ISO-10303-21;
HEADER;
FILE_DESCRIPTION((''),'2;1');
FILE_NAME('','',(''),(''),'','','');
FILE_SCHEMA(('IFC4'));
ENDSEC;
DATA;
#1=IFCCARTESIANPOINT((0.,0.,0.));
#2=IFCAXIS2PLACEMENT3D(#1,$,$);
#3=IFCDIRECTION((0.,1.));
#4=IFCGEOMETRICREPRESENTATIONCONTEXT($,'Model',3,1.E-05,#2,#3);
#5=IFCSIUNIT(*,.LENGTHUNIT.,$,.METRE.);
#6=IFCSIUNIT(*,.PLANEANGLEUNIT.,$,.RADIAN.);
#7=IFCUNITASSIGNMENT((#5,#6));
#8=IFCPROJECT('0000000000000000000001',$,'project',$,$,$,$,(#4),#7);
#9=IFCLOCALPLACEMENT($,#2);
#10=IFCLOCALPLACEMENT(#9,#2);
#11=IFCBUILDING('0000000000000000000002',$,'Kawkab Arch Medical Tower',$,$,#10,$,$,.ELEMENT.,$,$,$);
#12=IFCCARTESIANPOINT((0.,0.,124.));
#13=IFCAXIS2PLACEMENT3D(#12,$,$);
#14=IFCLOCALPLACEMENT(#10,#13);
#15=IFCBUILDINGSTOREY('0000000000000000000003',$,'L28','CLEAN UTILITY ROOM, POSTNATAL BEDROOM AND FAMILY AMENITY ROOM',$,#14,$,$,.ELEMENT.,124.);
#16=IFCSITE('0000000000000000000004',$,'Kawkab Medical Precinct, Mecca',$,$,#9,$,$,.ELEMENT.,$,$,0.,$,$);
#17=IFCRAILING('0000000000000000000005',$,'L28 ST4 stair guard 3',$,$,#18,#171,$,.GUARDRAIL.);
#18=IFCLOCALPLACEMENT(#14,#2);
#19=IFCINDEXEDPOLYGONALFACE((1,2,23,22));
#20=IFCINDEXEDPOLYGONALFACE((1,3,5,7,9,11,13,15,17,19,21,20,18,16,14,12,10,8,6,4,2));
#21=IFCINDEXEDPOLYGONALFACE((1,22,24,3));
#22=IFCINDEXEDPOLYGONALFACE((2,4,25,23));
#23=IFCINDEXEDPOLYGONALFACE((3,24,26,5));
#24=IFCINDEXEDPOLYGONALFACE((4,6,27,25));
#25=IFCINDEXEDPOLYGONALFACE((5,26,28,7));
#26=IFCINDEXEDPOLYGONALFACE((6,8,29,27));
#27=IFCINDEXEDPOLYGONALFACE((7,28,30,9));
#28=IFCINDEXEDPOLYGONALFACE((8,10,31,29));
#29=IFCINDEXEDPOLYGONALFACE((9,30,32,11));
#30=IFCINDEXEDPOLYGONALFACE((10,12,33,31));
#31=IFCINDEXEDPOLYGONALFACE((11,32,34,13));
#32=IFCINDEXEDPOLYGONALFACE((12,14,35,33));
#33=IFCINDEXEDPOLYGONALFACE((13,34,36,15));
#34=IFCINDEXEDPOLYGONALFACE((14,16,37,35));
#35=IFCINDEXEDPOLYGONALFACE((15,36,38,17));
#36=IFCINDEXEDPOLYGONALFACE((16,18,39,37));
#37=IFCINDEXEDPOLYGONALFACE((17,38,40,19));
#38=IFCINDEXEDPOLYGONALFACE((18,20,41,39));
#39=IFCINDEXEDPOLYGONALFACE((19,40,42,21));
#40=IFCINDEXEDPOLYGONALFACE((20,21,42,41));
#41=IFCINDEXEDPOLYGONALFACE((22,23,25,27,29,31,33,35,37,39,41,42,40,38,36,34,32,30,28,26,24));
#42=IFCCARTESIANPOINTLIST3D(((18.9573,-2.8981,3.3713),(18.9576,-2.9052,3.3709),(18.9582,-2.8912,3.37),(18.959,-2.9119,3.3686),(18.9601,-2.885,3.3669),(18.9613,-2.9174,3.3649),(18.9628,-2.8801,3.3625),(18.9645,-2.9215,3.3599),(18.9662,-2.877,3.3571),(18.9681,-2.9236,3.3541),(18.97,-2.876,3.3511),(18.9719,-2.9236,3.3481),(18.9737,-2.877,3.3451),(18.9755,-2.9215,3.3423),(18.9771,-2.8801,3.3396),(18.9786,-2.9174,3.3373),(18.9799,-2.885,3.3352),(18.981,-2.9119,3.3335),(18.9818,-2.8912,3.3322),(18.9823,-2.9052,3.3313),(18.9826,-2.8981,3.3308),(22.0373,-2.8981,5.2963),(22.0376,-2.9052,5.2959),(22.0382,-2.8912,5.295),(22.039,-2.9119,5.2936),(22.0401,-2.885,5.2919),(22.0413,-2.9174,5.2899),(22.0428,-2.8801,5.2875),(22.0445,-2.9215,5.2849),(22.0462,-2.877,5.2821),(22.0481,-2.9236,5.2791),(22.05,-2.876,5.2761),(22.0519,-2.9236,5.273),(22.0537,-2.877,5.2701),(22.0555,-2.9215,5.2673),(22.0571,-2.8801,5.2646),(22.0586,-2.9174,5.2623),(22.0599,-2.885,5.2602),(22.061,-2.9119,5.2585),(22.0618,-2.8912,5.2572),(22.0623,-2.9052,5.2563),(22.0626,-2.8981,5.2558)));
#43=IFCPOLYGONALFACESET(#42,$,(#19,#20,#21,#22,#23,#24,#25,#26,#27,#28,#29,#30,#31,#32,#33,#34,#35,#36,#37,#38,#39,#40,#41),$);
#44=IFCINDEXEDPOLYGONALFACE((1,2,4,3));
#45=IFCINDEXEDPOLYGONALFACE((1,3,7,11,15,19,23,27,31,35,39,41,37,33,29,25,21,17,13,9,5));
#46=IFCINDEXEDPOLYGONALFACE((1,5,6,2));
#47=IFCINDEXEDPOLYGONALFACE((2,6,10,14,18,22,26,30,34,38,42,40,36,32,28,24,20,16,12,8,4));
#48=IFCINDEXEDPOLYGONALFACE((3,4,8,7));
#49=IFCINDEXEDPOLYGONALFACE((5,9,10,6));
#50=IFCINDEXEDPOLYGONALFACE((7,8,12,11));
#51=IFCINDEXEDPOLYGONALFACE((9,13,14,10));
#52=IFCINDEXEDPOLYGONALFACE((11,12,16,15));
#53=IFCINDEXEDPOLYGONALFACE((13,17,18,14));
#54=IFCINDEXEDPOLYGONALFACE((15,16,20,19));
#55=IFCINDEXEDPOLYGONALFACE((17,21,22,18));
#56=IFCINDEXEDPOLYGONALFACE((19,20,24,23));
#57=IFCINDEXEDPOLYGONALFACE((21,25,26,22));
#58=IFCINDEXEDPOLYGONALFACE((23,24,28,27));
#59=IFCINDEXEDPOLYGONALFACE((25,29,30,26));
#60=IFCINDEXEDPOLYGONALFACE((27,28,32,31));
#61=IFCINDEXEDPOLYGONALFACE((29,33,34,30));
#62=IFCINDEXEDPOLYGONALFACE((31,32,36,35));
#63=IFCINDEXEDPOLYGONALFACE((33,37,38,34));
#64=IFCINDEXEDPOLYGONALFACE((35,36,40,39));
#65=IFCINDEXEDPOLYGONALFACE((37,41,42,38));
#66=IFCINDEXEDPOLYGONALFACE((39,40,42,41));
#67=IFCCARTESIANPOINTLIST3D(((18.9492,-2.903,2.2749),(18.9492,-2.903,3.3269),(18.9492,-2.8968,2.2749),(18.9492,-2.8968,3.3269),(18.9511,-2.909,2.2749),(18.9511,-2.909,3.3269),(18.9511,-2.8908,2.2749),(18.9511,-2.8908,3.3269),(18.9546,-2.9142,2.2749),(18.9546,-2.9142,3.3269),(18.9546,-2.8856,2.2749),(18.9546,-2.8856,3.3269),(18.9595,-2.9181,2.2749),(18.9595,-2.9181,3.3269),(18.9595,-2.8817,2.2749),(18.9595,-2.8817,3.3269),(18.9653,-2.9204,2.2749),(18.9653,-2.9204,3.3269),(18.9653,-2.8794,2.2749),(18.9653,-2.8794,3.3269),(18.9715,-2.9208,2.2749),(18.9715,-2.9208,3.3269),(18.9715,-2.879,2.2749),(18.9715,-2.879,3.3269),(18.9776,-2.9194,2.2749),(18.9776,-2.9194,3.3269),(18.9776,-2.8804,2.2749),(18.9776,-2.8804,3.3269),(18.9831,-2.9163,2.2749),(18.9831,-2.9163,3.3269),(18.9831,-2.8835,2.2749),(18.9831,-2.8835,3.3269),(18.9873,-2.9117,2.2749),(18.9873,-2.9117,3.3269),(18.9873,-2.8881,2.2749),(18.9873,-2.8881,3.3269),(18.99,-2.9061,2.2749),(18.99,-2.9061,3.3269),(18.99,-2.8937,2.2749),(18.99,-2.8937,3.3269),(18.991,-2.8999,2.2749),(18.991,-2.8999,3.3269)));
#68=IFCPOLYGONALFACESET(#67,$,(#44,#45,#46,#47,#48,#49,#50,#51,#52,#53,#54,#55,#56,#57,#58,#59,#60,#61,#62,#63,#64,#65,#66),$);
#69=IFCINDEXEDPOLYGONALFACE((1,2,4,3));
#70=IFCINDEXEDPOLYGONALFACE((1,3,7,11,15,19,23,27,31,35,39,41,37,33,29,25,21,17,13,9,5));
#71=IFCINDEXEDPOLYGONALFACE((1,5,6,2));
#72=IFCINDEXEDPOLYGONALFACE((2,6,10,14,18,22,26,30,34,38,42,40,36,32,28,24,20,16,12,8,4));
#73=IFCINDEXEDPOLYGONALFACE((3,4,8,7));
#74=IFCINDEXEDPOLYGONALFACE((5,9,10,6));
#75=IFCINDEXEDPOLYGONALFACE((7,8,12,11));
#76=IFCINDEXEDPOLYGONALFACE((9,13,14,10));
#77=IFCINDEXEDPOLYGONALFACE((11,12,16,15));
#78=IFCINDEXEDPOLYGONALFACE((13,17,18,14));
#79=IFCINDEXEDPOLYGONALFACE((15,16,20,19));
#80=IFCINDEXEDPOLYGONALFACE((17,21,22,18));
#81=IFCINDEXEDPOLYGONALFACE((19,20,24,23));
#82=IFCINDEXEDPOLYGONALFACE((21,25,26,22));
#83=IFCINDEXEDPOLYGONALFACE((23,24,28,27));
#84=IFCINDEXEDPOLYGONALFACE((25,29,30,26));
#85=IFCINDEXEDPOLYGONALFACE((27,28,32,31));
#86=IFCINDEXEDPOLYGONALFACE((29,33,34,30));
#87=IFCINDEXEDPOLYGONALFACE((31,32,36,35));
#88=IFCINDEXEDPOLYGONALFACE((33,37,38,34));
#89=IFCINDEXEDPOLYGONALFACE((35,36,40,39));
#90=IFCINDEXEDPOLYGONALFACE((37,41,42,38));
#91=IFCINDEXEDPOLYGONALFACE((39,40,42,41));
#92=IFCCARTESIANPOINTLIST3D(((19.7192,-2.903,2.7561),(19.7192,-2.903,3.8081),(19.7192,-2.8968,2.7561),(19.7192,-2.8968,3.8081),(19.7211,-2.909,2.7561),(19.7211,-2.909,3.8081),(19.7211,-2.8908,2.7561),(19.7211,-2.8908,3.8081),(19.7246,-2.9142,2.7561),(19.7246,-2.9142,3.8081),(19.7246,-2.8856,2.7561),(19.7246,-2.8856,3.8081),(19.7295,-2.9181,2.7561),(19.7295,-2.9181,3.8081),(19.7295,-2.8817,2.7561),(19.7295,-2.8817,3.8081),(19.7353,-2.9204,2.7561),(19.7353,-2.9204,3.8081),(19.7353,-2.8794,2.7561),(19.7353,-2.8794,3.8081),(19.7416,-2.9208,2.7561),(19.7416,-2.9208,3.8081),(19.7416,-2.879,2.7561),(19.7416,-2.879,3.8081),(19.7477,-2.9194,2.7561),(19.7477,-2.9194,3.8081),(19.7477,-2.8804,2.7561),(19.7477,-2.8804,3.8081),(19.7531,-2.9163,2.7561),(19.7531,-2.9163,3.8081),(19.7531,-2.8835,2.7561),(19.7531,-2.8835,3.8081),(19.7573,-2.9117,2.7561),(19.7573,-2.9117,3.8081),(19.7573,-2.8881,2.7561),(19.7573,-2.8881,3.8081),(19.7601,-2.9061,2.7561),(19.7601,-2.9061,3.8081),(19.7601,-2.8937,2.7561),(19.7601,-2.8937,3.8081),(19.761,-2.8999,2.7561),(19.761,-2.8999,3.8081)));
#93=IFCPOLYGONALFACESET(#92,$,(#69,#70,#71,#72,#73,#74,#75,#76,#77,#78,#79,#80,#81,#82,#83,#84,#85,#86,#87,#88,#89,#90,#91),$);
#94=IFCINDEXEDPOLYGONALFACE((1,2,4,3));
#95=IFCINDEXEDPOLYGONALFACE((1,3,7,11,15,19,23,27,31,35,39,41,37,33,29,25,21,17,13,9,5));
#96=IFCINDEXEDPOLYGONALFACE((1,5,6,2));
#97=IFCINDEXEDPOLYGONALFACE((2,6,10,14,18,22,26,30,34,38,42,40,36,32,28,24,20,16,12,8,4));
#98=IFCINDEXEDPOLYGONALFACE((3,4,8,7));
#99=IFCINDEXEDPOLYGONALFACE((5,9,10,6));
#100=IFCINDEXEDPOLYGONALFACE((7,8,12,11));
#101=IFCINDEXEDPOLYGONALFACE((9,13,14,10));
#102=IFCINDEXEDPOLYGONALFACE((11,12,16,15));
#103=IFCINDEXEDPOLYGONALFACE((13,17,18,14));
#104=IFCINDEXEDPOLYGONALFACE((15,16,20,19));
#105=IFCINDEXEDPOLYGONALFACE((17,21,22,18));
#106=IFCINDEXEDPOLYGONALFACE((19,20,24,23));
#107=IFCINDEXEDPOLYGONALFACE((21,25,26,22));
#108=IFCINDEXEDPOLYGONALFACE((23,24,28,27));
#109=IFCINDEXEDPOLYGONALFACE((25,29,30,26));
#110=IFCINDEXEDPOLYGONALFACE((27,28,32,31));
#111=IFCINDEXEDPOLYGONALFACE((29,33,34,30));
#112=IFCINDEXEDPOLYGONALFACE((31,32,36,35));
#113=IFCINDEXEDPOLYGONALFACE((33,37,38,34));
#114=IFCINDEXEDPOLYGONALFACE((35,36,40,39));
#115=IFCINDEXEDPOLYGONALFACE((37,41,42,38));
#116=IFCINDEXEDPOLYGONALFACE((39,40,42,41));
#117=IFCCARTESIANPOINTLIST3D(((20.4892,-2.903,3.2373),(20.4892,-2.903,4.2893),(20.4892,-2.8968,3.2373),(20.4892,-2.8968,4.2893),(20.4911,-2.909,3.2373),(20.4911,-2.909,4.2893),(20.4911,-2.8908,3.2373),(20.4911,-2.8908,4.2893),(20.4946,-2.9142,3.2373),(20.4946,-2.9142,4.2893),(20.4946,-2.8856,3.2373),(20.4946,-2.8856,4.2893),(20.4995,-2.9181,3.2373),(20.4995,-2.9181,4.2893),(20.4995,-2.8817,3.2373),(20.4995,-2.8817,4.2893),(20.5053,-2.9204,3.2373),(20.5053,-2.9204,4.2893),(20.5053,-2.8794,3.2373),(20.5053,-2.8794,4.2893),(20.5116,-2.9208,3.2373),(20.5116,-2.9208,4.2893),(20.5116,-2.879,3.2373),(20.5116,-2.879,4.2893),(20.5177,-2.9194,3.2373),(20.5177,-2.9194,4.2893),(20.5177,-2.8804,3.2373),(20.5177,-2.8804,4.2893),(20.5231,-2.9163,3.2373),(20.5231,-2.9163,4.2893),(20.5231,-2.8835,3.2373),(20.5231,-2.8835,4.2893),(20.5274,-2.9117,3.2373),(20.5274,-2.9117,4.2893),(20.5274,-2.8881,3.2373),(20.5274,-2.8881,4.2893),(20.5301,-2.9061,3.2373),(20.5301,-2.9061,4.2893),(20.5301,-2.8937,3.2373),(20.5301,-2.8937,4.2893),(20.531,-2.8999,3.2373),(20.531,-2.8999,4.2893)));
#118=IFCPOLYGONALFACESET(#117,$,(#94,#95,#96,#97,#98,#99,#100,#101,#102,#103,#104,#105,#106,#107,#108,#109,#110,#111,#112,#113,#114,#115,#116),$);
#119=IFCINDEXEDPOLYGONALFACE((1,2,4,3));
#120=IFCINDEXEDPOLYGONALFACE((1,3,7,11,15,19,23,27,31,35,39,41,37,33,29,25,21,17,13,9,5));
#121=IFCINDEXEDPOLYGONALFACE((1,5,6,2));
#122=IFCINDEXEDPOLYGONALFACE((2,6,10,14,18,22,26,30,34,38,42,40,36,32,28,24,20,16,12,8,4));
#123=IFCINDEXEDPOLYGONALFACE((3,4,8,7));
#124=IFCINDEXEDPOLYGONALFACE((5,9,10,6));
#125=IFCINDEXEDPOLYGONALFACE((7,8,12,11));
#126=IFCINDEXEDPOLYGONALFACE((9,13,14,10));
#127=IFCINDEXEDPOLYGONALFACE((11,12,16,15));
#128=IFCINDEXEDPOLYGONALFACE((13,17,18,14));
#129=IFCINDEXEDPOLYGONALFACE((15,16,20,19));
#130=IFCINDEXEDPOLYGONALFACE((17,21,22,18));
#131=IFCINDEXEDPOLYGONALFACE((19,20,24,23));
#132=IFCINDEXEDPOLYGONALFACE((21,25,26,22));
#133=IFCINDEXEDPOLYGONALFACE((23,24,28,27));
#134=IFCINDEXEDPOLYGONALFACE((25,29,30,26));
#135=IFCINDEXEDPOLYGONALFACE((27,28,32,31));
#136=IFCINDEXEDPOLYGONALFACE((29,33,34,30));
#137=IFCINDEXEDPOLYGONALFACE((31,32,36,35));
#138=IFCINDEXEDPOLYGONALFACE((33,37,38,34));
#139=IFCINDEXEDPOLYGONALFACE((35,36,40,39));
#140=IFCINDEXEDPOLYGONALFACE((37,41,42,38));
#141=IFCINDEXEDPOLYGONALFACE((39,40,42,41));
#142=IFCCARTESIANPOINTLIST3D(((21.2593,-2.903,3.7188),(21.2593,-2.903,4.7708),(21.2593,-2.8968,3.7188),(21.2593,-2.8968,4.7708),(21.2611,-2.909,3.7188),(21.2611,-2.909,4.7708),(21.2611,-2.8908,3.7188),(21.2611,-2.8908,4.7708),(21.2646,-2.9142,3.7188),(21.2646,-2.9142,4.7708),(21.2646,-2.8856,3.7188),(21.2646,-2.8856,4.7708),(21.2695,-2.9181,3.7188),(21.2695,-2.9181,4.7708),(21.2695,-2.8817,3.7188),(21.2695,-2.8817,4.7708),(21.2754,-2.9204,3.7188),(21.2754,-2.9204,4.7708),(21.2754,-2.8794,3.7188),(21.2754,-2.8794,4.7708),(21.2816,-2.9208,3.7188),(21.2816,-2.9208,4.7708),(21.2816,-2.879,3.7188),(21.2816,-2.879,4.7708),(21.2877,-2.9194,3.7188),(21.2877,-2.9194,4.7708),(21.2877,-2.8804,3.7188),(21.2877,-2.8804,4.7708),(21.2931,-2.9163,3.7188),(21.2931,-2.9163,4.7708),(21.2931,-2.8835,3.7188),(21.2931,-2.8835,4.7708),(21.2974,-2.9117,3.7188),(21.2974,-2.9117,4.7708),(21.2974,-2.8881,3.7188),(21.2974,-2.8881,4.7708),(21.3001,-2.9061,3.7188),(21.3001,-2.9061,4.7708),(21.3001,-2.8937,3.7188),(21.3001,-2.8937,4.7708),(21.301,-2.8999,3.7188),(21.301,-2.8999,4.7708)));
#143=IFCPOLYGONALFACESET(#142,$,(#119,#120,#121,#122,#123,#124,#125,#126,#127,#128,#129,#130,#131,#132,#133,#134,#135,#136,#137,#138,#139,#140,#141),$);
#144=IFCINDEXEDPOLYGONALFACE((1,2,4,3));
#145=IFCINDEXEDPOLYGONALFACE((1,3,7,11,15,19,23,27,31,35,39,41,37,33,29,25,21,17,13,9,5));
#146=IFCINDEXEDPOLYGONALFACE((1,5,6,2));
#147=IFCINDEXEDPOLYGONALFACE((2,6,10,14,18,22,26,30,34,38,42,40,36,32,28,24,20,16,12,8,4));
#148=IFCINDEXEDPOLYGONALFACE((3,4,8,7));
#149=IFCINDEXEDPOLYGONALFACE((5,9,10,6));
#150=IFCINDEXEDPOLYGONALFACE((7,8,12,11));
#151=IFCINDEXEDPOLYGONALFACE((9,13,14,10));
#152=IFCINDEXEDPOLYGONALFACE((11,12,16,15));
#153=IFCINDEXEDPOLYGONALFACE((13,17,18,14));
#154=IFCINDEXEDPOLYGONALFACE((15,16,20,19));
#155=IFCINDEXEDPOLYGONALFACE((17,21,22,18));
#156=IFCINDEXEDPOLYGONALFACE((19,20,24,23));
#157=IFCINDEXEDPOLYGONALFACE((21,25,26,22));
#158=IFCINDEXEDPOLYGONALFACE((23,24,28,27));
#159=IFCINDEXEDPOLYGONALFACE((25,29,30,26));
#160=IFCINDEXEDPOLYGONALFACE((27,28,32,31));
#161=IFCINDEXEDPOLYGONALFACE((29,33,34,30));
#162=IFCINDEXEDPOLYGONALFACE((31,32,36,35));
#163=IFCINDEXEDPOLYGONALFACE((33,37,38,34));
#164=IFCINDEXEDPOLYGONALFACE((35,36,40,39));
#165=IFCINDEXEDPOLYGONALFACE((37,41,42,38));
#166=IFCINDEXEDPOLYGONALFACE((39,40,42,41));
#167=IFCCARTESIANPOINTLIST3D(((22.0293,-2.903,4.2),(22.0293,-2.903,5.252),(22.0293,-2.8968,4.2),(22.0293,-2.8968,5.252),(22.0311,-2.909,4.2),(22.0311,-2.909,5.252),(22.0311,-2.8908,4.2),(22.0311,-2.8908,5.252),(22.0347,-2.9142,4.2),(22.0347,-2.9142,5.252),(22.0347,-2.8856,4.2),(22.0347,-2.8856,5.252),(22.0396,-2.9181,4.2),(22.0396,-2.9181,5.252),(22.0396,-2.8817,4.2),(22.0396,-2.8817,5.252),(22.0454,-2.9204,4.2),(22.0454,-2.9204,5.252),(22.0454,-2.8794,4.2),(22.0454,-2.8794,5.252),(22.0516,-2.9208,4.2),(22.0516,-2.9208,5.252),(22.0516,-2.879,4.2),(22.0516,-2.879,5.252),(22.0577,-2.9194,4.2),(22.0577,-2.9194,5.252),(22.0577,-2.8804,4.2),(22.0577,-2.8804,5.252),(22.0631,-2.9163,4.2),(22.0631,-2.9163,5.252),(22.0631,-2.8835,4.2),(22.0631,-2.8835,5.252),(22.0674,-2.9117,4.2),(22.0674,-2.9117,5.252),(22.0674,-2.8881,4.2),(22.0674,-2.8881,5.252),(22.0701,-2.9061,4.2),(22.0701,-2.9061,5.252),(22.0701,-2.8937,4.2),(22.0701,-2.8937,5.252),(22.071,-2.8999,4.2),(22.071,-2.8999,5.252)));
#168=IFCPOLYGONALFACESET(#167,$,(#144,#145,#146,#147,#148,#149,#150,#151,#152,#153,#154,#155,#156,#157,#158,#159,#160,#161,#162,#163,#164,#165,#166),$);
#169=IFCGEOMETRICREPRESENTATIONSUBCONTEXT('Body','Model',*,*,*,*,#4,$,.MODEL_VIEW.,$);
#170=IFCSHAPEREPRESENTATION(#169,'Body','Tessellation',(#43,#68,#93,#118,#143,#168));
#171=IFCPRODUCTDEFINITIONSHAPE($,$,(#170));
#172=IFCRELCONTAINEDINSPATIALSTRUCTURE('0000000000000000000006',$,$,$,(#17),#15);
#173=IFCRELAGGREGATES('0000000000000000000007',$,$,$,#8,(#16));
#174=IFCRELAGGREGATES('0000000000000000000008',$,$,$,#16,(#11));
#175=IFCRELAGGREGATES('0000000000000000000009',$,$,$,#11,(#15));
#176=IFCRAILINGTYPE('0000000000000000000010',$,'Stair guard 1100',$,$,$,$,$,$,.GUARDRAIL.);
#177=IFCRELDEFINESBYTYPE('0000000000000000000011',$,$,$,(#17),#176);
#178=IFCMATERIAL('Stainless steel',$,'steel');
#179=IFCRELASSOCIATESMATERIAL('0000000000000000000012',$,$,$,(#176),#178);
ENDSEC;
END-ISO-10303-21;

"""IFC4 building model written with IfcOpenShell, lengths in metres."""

from ifc_helpers import new_model, si_unit, direction, frame, origin, origin_2d, place, context, subcontext, project, spatial, circle, extrude, material, type_object, element, save


model = new_model("IFC4")

# Units and contexts
model_context = context("Model", 3, precision=1e-05, world=origin(), true_north=direction((0.0, 1.0)))
body_context = subcontext(model_context, "Body", "Model", "MODEL_VIEW")
ifc_project = project(units=[si_unit("LENGTHUNIT", "METRE"), si_unit("PLANEANGLEUNIT", "RADIAN")], contexts=[model_context])

# Site, building, storey
site_placement = place(None, origin())
site = spatial("IfcSite", under=ifc_project, at=site_placement, Name="Kawkab Medical Precinct, Mecca", CompositionType="ELEMENT", RefElevation=0.0)
building_placement = place(site_placement, origin())
building = spatial("IfcBuilding", under=site, at=building_placement, Name="Kawkab Arch Medical Tower", CompositionType="ELEMENT")
storey_placement = place(building_placement, frame((0.0, 0.0, 124.0)))
storey = spatial("IfcBuildingStorey", under=building, at=storey_placement, Name="L28", Description="CLEAN UTILITY ROOM, POSTNATAL BEDROOM AND FAMILY AMENITY ROOM", CompositionType="ELEMENT", Elevation=124.0)

# Railing
ifc_material_1 = material(Name="Stainless steel", Category="steel")
railing_type_1 = type_object("IfcRailingType", Name="Stair guard 1100", PredefinedType="GUARDRAIL", material=ifc_material_1)
railing_1_placement = place(storey_placement, frame((18.97, -2.8999, 2.2749)))
element("IfcRailing", 1, at=railing_1_placement, inside=storey, type_object=railing_type_1, Name="L28 ST4 stair guard 3", PredefinedType="GUARDRAIL", context=body_context, shape_type="SweptSolid", body=[
    extrude(circle(Radius=0.0239, at=origin_2d()), frame((0.0, 0.0, 1.0762), z_axis=(0.847998, 0.0, 0.529999), x_axis=(0.0, 1.0, 0.0)), (0.0, 0.0, 1.0), 3.6321),
    extrude(circle(Radius=0.021, at=origin_2d()), origin(), (0.0, 0.0, 1.0), 1.052),
    extrude(circle(Radius=0.021, at=origin_2d()), frame((0.77, 0.0, 0.4812)), (0.0, 0.0, 1.0), 1.052),
    extrude(circle(Radius=0.021, at=origin_2d()), frame((1.54, 0.0, 0.9624)), (0.0, 0.0, 1.0), 1.052),
    extrude(circle(Radius=0.021, at=origin_2d()), frame((2.3101, 0.0, 1.4438)), (0.0, 0.0, 1.0), 1.052),
    extrude(circle(Radius=0.021, at=origin_2d()), frame((3.0801, 0.0, 1.925)), (0.0, 0.0, 1.0), 1.052),
])

save(model, "model.ifc")
